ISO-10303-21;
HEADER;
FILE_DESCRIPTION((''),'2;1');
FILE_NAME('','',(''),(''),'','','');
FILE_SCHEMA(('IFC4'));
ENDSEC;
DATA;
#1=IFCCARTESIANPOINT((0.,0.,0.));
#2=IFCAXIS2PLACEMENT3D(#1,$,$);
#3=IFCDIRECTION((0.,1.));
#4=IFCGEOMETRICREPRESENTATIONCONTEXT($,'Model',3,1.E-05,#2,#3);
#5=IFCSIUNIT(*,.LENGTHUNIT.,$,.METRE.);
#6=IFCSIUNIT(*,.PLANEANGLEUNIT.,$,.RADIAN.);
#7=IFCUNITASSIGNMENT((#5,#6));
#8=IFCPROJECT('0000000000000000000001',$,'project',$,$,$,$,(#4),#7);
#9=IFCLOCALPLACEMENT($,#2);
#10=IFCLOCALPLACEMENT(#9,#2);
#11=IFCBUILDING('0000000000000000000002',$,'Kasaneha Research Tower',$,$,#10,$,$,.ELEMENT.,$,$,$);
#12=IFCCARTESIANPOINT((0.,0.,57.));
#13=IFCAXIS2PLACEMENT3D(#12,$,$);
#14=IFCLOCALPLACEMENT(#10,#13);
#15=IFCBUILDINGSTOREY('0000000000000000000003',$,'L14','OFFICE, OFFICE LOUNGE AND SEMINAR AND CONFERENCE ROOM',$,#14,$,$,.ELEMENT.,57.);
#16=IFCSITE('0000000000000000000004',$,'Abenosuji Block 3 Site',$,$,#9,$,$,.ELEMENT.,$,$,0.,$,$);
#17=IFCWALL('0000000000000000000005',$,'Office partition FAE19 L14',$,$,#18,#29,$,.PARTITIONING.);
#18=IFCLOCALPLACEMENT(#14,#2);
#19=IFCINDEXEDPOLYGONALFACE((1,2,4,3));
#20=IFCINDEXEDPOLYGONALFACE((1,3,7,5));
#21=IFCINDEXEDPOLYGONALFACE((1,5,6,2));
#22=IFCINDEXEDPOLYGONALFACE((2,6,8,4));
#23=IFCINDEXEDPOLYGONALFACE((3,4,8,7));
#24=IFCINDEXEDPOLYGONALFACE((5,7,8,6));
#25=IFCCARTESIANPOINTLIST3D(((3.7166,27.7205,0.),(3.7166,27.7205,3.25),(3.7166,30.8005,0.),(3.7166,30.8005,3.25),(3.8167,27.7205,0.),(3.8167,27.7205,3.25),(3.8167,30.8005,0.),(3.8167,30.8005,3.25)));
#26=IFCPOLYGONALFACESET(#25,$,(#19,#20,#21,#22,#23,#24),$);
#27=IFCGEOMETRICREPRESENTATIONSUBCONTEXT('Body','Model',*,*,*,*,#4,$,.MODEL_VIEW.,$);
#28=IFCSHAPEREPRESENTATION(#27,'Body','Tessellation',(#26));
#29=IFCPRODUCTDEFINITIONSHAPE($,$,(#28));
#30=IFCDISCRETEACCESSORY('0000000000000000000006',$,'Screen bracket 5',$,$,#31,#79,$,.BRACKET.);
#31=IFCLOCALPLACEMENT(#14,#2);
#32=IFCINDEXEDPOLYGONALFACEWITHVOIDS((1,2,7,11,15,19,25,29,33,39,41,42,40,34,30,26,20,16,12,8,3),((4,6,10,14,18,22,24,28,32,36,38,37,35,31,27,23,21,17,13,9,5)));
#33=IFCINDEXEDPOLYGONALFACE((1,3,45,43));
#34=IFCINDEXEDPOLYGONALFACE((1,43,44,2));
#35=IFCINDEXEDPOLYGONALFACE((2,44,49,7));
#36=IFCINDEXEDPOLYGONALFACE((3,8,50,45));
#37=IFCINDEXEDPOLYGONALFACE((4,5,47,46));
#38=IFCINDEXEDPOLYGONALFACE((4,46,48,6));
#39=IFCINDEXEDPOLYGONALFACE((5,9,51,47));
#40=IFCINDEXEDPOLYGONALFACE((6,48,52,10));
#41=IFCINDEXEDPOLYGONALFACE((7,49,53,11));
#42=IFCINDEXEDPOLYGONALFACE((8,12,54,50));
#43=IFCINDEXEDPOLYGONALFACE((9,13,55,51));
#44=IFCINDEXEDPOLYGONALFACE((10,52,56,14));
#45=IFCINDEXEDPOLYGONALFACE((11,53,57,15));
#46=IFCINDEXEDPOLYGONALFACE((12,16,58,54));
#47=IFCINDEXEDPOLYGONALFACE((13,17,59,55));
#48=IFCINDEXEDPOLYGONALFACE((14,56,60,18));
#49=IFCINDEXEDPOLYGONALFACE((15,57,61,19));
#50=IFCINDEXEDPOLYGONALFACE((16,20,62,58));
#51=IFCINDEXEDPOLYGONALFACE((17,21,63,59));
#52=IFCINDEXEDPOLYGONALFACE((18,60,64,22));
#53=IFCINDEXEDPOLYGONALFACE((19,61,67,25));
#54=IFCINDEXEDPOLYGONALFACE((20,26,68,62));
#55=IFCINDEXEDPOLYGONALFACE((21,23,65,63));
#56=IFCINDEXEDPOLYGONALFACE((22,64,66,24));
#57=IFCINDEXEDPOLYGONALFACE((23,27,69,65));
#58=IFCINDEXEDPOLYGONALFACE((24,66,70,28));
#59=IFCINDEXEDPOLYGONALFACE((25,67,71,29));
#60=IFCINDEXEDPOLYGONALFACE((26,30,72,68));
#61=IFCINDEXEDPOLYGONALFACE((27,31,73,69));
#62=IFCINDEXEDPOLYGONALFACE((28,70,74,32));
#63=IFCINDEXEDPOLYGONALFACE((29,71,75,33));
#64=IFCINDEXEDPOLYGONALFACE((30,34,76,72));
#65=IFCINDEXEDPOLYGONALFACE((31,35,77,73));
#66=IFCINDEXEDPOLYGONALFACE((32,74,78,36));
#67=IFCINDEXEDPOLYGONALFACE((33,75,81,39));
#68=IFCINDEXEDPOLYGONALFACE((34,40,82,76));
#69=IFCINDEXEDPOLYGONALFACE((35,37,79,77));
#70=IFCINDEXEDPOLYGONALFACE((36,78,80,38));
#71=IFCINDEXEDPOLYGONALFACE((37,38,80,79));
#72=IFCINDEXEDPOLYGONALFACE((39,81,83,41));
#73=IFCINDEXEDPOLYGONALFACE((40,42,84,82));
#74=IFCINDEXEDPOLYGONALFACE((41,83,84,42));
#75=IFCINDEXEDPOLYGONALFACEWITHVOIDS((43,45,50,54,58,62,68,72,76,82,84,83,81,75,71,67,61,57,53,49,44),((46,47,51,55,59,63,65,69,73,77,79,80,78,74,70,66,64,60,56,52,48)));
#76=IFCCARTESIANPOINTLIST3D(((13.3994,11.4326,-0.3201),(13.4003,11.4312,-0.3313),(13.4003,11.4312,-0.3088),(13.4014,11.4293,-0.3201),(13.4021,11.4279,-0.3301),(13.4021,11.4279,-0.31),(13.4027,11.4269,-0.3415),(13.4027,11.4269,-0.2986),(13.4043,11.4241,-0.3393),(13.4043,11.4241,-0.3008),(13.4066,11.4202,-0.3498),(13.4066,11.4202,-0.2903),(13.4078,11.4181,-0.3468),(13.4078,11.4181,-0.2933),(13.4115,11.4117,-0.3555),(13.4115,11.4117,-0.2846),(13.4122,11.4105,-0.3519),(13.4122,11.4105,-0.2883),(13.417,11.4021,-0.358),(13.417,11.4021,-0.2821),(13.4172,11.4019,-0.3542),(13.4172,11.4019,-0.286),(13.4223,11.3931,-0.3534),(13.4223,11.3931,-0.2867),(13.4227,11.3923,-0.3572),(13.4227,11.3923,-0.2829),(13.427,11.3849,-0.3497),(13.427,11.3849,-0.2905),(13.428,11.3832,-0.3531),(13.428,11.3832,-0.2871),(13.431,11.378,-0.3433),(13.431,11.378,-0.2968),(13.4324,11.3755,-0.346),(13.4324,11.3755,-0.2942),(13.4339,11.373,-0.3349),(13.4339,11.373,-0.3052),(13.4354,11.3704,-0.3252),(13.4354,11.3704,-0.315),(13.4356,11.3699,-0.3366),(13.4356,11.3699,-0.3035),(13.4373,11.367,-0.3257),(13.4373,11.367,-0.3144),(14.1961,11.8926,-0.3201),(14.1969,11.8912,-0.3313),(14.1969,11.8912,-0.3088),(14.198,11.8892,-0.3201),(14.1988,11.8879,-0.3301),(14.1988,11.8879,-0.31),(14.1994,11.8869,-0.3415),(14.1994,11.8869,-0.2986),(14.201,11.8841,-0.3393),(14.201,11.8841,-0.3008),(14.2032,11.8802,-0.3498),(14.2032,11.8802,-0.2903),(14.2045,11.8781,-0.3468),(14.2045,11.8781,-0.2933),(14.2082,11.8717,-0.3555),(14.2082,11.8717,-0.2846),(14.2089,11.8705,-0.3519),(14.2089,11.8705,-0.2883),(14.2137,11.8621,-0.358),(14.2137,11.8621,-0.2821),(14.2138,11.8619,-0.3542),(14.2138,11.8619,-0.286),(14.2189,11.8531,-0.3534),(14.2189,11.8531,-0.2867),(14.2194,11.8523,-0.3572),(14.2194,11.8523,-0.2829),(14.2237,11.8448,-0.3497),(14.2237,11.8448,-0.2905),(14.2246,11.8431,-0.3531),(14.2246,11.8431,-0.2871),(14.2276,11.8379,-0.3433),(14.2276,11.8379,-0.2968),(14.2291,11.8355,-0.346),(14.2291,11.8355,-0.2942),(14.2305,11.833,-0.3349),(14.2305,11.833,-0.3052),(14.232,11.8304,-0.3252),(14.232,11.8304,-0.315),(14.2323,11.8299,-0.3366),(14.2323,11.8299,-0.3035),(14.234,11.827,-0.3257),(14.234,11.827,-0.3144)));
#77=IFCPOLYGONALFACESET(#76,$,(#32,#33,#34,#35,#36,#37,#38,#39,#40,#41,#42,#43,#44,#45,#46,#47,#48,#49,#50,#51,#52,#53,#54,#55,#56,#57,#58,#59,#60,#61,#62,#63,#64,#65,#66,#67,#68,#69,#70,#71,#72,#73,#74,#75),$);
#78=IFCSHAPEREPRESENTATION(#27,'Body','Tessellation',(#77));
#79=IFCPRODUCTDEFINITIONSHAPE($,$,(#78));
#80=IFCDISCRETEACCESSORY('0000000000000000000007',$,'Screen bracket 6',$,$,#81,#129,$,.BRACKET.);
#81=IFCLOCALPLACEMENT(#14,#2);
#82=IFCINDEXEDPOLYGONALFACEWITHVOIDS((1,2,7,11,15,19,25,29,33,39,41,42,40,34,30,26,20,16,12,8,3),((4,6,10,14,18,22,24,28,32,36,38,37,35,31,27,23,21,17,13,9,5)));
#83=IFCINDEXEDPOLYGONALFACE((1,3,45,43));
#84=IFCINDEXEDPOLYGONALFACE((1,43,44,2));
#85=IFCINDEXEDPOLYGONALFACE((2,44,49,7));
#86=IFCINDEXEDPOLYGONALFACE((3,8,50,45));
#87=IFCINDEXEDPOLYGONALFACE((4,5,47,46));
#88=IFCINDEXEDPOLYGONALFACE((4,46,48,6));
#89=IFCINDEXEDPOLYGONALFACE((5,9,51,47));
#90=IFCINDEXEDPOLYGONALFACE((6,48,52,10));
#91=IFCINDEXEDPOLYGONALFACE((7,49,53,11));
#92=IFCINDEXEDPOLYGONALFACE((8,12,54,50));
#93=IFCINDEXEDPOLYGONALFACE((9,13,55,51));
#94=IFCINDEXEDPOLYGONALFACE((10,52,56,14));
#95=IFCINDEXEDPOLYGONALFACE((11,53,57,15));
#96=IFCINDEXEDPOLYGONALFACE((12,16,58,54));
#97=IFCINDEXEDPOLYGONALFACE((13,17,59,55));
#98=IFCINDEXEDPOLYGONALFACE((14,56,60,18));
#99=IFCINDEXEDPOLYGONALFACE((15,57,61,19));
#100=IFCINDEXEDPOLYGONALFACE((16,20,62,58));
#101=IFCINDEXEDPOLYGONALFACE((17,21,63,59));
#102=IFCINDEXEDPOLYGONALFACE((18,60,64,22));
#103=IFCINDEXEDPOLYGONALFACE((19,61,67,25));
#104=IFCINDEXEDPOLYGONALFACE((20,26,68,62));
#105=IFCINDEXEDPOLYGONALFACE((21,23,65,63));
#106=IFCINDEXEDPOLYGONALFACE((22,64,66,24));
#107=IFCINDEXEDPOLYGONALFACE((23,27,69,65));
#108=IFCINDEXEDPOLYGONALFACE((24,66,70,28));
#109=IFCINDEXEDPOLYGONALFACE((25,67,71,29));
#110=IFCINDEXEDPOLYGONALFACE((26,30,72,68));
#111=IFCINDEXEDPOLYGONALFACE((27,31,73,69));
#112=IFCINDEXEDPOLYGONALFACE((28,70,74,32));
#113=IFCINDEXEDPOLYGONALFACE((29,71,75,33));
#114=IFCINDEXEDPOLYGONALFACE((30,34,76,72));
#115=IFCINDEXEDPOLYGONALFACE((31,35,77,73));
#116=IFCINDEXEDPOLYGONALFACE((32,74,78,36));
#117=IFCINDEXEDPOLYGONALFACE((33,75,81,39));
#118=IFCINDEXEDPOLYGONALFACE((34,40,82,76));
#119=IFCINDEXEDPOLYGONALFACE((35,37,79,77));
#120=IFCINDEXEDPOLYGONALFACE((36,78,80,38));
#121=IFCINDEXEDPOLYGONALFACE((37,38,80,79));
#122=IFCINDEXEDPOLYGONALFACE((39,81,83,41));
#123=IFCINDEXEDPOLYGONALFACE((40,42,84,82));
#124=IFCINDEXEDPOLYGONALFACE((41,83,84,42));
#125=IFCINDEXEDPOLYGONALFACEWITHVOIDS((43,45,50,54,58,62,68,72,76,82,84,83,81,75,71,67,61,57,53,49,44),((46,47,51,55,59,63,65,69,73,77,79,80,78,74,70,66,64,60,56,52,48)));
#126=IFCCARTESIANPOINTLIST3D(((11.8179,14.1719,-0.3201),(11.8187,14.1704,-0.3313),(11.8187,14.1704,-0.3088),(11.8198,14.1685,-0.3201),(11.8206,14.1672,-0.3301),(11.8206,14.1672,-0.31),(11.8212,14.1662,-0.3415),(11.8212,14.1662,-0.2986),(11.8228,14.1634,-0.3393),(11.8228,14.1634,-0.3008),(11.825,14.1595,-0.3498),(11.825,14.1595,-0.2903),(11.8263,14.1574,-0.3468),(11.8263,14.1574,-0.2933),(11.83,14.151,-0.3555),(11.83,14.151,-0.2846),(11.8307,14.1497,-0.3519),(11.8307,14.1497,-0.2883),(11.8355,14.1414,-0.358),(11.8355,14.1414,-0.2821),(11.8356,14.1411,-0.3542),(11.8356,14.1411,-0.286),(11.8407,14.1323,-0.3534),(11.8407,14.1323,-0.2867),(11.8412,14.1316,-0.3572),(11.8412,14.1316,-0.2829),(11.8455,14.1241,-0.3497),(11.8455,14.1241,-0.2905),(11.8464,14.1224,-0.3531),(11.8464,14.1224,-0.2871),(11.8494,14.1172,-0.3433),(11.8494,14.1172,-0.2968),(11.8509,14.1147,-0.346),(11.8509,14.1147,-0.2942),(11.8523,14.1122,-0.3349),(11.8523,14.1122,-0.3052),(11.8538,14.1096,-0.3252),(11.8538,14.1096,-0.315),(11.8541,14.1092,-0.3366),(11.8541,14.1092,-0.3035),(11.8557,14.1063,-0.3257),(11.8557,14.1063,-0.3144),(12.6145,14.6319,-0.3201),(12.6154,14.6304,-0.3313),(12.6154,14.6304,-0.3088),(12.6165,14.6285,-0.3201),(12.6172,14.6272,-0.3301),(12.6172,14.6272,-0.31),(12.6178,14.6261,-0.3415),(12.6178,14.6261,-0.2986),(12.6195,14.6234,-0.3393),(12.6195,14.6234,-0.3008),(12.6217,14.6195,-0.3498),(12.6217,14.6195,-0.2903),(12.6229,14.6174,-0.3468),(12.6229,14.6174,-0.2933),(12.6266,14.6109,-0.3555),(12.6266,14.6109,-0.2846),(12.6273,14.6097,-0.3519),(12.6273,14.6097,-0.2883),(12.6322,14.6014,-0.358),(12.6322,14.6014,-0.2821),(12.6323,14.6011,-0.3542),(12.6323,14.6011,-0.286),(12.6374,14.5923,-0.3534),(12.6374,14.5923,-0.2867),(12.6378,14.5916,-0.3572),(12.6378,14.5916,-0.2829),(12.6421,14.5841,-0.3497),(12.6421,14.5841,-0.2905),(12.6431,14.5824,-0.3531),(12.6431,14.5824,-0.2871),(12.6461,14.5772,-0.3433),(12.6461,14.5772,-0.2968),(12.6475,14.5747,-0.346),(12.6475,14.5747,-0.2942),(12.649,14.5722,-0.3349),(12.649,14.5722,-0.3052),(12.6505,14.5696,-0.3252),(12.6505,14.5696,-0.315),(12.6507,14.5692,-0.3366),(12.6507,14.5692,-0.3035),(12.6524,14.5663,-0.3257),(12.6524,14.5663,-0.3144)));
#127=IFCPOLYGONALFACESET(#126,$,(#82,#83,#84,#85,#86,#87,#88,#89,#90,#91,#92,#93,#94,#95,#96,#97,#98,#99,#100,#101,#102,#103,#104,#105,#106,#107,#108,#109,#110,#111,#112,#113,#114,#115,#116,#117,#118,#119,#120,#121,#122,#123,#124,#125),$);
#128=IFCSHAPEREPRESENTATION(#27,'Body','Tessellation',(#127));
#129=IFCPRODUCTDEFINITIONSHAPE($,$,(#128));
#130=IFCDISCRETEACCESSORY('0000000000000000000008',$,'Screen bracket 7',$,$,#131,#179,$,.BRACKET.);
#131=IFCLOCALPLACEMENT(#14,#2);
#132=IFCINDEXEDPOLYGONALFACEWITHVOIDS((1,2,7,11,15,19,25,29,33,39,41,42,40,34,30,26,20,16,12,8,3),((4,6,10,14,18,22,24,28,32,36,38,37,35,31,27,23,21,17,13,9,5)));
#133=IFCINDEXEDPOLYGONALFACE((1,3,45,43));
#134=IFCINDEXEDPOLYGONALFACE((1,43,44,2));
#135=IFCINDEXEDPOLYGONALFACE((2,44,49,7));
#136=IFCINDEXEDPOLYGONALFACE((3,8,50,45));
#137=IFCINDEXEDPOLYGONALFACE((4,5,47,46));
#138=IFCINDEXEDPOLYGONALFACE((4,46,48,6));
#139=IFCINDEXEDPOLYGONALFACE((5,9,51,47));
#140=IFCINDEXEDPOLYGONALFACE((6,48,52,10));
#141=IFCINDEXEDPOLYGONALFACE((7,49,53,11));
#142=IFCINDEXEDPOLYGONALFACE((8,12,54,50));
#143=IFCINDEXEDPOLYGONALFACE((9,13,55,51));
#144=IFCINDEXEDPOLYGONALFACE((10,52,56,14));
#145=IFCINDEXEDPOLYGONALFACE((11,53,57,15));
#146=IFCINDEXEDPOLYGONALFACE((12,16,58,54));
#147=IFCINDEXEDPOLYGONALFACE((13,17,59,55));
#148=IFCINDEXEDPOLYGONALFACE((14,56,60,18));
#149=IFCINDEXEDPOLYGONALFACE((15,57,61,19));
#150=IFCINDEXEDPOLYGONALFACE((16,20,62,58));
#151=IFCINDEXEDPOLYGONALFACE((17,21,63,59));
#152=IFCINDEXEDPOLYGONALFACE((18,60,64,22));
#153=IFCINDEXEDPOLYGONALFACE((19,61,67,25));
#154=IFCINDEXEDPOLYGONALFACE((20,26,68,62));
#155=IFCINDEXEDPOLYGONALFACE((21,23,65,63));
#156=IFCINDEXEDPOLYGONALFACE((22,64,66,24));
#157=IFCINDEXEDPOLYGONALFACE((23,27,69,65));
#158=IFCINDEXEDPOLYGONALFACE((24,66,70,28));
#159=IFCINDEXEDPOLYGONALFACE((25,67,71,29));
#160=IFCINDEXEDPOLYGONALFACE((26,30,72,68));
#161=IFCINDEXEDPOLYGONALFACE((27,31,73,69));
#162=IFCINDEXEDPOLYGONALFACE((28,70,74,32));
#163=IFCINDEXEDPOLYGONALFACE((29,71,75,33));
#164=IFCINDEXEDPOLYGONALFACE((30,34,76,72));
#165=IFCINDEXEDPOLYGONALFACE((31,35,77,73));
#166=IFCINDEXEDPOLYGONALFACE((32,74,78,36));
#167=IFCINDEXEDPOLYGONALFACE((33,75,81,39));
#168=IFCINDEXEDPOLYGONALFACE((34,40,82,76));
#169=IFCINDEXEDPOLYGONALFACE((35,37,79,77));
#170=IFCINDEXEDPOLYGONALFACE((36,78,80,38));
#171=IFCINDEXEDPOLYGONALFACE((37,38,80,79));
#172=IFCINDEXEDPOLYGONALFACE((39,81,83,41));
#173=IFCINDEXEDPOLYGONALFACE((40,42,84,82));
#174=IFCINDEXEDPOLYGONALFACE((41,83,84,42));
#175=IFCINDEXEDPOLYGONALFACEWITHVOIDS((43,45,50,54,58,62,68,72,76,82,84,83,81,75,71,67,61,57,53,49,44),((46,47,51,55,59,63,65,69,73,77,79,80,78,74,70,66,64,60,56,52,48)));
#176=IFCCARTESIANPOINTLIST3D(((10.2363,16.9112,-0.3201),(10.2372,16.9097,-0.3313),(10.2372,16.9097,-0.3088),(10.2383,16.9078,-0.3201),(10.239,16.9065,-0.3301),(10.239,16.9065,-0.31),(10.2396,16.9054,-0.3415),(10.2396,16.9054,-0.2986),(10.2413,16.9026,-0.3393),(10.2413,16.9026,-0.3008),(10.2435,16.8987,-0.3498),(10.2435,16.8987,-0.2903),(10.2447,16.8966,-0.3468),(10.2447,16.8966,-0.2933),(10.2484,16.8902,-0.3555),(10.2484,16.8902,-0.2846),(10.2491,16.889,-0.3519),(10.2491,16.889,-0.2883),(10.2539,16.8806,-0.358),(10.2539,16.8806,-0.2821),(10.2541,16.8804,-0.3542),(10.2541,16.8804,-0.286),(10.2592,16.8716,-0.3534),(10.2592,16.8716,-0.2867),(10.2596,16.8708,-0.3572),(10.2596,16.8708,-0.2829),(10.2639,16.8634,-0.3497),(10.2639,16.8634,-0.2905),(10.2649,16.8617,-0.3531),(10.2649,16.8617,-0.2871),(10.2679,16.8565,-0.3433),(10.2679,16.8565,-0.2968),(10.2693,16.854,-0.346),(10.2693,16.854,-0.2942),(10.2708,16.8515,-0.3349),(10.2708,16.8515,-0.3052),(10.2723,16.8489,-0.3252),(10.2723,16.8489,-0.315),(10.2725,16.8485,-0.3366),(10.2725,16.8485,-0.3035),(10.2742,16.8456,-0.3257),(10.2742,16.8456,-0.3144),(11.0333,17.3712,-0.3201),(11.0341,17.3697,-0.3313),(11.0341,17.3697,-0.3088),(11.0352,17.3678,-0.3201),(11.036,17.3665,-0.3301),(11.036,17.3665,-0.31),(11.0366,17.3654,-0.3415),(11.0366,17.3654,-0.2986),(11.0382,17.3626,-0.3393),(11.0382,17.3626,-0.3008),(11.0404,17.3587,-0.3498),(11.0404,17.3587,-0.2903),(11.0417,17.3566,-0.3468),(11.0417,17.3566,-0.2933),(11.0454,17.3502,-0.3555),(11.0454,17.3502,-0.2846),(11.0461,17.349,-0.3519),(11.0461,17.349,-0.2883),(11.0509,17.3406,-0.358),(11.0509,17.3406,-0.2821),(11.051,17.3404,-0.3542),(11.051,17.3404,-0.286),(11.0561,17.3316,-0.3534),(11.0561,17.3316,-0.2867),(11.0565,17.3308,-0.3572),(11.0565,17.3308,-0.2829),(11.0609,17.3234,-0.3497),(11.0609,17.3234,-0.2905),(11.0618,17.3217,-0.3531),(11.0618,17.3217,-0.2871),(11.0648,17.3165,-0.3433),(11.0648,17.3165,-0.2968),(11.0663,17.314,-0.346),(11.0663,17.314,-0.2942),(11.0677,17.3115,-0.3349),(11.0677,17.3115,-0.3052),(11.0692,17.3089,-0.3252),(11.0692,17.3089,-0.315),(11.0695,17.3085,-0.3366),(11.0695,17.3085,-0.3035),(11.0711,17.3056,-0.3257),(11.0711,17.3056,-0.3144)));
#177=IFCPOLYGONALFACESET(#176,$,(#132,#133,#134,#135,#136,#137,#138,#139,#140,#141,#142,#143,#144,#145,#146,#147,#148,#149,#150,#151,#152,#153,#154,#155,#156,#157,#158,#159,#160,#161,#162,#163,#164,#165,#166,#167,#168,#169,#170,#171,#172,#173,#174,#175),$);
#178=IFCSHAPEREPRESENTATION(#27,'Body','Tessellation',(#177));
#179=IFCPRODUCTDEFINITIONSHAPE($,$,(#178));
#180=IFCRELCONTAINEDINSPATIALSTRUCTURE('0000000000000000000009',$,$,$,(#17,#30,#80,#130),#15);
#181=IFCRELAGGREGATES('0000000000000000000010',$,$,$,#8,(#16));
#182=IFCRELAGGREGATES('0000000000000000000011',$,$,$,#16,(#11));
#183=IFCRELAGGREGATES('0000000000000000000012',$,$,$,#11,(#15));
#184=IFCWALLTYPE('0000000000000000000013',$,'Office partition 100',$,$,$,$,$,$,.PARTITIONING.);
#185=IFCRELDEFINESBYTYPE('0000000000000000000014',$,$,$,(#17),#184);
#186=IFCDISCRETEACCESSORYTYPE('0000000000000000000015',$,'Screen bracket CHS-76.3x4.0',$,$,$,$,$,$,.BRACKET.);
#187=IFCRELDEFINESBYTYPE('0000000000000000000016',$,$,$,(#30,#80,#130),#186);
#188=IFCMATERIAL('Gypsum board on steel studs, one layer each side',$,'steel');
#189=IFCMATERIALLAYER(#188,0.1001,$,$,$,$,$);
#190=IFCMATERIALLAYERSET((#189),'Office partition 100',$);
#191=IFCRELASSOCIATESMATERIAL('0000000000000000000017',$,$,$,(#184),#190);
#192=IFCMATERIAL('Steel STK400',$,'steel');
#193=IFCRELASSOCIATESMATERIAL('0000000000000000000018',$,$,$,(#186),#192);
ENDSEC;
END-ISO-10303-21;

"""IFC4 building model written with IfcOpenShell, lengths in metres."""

from ifc_helpers import new_model, si_unit, direction, frame, frame_2d, origin, origin_2d, place, context, subcontext, project, spatial, rectangle, hollow_circle, extrude, material, layer, layer_set, material_profile, profile_set, type_object, element, save


model = new_model("IFC4")

# Units and contexts
model_context = context("Model", 3, precision=1e-05, world=origin(), true_north=direction((0.0, 1.0)))
body_context = subcontext(model_context, "Body", "Model", "MODEL_VIEW")
ifc_project = project(units=[si_unit("LENGTHUNIT", "METRE"), si_unit("PLANEANGLEUNIT", "RADIAN")], contexts=[model_context])

# Site, building, storey
site_placement = place(None, origin())
site = spatial("IfcSite", under=ifc_project, at=site_placement, Name="Abenosuji Block 3 Site", CompositionType="ELEMENT", RefElevation=0.0)
building_placement = place(site_placement, origin())
building = spatial("IfcBuilding", under=site, at=building_placement, Name="Kasaneha Research Tower", CompositionType="ELEMENT")
storey_placement = place(building_placement, frame((0.0, 0.0, 57.0)))
storey = spatial("IfcBuildingStorey", under=building, at=storey_placement, Name="L14", Description="OFFICE, OFFICE LOUNGE AND SEMINAR AND CONFERENCE ROOM", CompositionType="ELEMENT", Elevation=57.0)

# Shared definitions
ifc_material_1 = material(Name="Gypsum board on steel studs, one layer each side", Category="steel")
ifc_layer_1 = layer(ifc_material_1, 0.1001)
ifc_layer_set_1 = layer_set([ifc_layer_1], Name="Office partition 100")
wall_type_1 = type_object("IfcWallType", Name="Office partition 100", PredefinedType="PARTITIONING", material=ifc_layer_set_1)

# Wall
wall_1_placement = place(storey_placement, frame((3.7666, 30.8005, 0.0), z_axis=(0.0, 0.0, 1.0), x_axis=(0.0, -1.0, 0.0)))
element("IfcWall", 1, at=wall_1_placement, inside=storey, type_object=wall_type_1, Name="Office partition FAE19 L14", PredefinedType="PARTITIONING", context=body_context, shape_type="SweptSolid", body=[
    extrude(rectangle(XDim=3.0801, YDim=0.1001, at=frame_2d((1.54, 0.0))), origin(), (0.0, 0.0, 1.0), 3.25),
])

# Discrete accessories
ifc_material_2 = material(Name="Steel STK400", Category="steel")
ifc_material_profile_1 = material_profile(ifc_material_2, hollow_circle(Radius=0.0381, WallThickness=0.0039, at=origin_2d()), Name="CHS-76.3x4.0")
ifc_profile_set_1 = profile_set([ifc_material_profile_1], Name="Steel STK400")
discrete_accessory_type = type_object("IfcDiscreteAccessoryType", Name="Screen bracket CHS-76.3x4.0", PredefinedType="BRACKET", material=ifc_profile_set_1)
for number, where, z_axis, x_axis, name in (
    (2, (13.4185, 11.3997, -0.3201), (0.866013, 0.500021, 0.0), (-0.500021, 0.866013, 0.0), "Screen bracket 5"),
    (3, (11.8369, 14.1389, -0.3201), (0.866013, 0.500021, 0.0), (-0.500021, 0.866013, 0.0), "Screen bracket 6"),
):
    element("IfcDiscreteAccessory", number, at=place(storey_placement, frame(where, z_axis=z_axis, x_axis=x_axis)), inside=storey, type_object=discrete_accessory_type, Name=name, PredefinedType="BRACKET", context=body_context, shape_type="SweptSolid", body=[
        extrude(hollow_circle(Radius=0.0381, WallThickness=0.0039, at=origin_2d()), origin(), (0.0, 0.0, 1.0), 0.9199),
    ])
discrete_accessory_placement = place(storey_placement, frame((10.2554, 16.8782, -0.3201), z_axis=(0.86608, 0.499906, 0.0), x_axis=(-0.499906, 0.86608, 0.0)))
element("IfcDiscreteAccessory", 4, at=discrete_accessory_placement, inside=storey, type_object=discrete_accessory_type, Name="Screen bracket 7", PredefinedType="BRACKET", context=body_context, shape_type="SweptSolid", body=[
    extrude(hollow_circle(Radius=0.0381, WallThickness=0.0039, at=origin_2d()), origin(), (0.0, 0.0, 1.0), 0.9202),
])

save(model, "model.ifc")
